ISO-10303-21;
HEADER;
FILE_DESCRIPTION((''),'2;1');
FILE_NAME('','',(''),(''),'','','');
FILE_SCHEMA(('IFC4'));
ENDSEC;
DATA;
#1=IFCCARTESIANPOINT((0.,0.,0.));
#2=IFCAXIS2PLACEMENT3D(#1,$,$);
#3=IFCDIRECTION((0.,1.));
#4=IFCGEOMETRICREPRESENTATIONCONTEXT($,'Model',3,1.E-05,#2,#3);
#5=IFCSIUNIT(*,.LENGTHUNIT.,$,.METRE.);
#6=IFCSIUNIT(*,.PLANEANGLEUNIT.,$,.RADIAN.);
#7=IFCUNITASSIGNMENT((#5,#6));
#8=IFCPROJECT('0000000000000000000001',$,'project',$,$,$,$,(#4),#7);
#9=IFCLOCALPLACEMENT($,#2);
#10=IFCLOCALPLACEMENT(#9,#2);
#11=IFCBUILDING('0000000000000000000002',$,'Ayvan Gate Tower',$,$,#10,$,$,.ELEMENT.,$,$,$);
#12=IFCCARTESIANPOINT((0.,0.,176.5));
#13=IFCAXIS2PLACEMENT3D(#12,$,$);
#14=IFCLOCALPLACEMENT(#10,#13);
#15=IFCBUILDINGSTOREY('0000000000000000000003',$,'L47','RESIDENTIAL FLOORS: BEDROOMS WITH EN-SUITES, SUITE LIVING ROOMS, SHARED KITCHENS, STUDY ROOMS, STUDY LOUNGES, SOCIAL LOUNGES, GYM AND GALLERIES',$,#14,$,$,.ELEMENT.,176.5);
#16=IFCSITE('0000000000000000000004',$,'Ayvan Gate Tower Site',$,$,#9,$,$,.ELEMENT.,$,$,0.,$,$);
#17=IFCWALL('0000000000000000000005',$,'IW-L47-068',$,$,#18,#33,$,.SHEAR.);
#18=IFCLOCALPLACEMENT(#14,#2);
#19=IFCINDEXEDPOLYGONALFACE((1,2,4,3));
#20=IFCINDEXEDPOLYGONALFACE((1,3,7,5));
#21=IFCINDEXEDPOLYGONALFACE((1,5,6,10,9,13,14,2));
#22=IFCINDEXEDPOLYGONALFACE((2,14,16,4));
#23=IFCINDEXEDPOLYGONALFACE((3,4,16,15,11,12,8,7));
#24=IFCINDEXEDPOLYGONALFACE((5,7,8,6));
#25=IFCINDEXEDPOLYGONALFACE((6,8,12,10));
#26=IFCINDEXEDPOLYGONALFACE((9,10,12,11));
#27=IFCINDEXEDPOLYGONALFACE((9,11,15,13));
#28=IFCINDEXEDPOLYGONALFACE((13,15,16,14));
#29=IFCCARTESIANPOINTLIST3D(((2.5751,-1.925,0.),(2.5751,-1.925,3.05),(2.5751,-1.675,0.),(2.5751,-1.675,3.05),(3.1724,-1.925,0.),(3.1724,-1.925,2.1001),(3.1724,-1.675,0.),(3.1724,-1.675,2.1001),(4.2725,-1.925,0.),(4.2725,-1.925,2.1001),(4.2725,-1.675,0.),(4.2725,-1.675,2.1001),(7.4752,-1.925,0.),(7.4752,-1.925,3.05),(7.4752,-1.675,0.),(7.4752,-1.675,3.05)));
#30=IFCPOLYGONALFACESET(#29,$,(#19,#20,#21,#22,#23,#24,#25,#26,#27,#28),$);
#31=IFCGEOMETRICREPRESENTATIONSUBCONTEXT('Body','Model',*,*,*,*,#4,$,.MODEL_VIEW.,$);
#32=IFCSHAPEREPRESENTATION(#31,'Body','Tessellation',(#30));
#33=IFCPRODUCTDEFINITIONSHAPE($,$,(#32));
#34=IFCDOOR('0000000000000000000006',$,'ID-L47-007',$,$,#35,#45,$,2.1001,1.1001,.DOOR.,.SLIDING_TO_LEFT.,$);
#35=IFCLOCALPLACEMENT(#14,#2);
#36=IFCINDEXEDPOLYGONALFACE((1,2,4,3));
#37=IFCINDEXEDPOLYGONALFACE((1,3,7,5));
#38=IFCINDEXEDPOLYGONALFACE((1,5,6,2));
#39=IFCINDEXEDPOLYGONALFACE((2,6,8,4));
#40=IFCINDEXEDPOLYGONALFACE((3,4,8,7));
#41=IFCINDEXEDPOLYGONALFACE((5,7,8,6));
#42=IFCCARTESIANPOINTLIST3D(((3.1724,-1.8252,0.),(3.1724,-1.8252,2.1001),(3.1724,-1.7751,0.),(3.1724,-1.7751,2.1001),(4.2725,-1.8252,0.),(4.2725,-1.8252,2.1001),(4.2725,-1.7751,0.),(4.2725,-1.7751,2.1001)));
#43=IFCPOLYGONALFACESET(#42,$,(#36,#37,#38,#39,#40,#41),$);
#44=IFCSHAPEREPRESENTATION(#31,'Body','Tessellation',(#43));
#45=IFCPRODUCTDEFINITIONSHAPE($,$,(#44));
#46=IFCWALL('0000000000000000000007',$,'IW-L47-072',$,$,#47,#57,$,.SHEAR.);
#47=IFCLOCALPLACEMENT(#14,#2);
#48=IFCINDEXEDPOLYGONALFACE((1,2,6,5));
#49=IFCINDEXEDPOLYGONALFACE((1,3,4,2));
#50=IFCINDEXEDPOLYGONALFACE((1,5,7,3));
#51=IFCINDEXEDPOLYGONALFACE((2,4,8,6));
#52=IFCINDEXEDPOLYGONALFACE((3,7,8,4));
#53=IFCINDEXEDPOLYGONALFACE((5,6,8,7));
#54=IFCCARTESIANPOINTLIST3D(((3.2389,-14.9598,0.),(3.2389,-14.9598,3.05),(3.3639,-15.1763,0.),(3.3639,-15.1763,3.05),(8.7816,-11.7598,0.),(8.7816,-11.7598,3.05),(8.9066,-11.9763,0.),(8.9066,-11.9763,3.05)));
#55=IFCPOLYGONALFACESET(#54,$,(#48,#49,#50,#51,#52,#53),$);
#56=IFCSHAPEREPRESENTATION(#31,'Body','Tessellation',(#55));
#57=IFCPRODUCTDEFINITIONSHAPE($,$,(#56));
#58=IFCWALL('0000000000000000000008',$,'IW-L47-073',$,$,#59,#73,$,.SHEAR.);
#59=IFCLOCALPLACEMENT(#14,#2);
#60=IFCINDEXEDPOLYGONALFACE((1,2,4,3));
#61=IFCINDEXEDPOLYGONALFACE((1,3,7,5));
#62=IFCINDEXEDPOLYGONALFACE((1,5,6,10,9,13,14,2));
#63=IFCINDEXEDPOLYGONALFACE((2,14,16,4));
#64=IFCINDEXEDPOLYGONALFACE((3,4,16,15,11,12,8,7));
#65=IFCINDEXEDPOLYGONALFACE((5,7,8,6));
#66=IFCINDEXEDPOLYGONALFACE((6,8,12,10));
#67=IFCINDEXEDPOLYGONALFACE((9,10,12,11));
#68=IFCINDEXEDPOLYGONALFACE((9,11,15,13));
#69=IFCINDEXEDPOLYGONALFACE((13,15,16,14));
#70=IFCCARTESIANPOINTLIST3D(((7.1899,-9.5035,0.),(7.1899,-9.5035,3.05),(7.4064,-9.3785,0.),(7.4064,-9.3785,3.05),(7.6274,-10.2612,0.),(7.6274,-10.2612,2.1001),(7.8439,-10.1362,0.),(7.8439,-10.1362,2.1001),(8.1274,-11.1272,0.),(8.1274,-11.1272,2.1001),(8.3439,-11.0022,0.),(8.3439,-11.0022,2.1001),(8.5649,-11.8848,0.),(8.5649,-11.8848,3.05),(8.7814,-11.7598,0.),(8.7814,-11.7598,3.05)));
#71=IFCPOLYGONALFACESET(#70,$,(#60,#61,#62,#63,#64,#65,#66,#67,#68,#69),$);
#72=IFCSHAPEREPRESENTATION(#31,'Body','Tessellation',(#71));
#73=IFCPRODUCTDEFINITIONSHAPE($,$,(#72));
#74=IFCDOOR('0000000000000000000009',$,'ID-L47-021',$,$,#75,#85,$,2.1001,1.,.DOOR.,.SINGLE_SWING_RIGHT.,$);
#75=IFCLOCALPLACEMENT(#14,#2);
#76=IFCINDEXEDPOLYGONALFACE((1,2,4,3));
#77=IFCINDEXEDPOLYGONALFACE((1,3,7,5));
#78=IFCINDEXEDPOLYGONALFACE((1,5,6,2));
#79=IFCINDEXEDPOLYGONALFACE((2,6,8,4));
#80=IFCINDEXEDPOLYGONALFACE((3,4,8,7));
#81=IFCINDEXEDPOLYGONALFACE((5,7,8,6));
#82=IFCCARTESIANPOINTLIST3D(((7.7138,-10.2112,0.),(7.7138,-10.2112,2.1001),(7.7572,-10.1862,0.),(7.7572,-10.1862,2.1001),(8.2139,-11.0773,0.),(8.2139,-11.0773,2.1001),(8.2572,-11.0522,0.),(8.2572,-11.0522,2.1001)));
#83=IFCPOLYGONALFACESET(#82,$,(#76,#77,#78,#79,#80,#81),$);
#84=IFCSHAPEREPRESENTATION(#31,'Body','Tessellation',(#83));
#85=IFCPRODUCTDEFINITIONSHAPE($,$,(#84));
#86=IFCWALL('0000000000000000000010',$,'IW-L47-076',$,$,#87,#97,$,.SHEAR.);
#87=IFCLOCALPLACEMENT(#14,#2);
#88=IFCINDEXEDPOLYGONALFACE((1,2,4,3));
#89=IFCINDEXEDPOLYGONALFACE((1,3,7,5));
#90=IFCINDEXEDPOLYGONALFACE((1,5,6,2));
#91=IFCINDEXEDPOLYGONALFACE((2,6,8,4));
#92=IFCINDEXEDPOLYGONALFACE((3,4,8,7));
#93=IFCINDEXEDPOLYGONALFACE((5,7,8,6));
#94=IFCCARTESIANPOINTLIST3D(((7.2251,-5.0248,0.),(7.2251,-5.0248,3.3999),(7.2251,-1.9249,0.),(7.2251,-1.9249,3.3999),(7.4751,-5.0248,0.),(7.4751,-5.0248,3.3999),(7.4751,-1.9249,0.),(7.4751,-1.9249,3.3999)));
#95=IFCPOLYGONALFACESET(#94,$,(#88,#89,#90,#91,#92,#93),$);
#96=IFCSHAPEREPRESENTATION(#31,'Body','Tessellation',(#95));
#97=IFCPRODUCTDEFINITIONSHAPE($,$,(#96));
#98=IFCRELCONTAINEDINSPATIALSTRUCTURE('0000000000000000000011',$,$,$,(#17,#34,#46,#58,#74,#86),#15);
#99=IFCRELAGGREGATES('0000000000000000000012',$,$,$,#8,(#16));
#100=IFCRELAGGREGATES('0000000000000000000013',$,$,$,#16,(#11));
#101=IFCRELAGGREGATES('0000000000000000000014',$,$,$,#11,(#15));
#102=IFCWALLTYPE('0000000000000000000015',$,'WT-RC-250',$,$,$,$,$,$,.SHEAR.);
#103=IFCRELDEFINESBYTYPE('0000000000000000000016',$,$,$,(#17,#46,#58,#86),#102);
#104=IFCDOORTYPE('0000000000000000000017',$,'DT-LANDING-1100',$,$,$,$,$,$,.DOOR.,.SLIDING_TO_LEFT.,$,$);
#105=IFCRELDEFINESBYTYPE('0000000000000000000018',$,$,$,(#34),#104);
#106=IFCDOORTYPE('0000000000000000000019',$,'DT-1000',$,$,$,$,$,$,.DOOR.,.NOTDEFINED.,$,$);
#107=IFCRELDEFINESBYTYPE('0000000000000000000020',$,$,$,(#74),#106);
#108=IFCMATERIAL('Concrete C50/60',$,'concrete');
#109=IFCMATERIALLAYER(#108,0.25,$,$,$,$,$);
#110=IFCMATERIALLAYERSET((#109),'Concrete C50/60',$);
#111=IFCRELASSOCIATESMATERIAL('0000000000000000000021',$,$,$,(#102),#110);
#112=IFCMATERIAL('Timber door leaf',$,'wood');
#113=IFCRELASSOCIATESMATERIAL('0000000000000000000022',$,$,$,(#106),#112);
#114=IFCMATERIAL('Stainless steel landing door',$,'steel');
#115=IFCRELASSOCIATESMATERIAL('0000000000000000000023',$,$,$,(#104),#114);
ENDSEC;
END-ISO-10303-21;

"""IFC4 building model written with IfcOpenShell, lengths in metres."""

from ifc_helpers import new_model, si_unit, direction, frame, frame_2d, origin, place, context, subcontext, project, spatial, rectangle, extrude, material, layer, layer_set, type_object, element, fill, save


model = new_model("IFC4")

# Units and contexts
model_context = context("Model", 3, precision=1e-05, world=origin(), true_north=direction((0.0, 1.0)))
body_context = subcontext(model_context, "Body", "Model", "MODEL_VIEW")
ifc_project = project(units=[si_unit("LENGTHUNIT", "METRE"), si_unit("PLANEANGLEUNIT", "RADIAN")], contexts=[model_context])

# Site, building, storey
site_placement = place(None, origin())
site = spatial("IfcSite", under=ifc_project, at=site_placement, Name="Ayvan Gate Tower Site", CompositionType="ELEMENT", RefElevation=0.0)
building_placement = place(site_placement, origin())
building = spatial("IfcBuilding", under=site, at=building_placement, Name="Ayvan Gate Tower", CompositionType="ELEMENT")
storey_placement = place(building_placement, frame((0.0, 0.0, 176.5)))
storey = spatial("IfcBuildingStorey", under=building, at=storey_placement, Name="L47", Description="RESIDENTIAL FLOORS: BEDROOMS WITH EN-SUITES, SUITE LIVING ROOMS, SHARED KITCHENS, STUDY ROOMS, STUDY LOUNGES, SOCIAL LOUNGES, GYM AND GALLERIES", CompositionType="ELEMENT", Elevation=176.5)

# Shared definitions
ifc_material_1 = material(Name="Timber door leaf", Category="wood")

# Shared definitions
ifc_material_2 = material(Name="Concrete C50/60", Category="concrete")
ifc_layer_1 = layer(ifc_material_2, 0.25)
ifc_layer_set_1 = layer_set([ifc_layer_1], Name="Concrete C50/60")
wall_type_1 = type_object("IfcWallType", Name="WT-RC-250", PredefinedType="SHEAR", material=ifc_layer_set_1)
door_type_1 = type_object("IfcDoorType", Name="DT-1000", OperationType="NOTDEFINED", PredefinedType="DOOR", material=ifc_material_1)

# Wall, opening, door
wall_1_placement = place(storey_placement, frame((2.575, -1.8, 0.0), z_axis=(0.0, 0.0, 1.0), x_axis=(1.0, 0.0, 0.0)))
wall_1 = element("IfcWall", 1, at=wall_1_placement, inside=storey, type_object=wall_type_1, Name="IW-L47-068", PredefinedType="SHEAR", context=body_context, shape_type="SweptSolid", body=[
    extrude(rectangle(XDim=4.9001, YDim=0.25, at=frame_2d((2.4502, 0.0))), origin(), (0.0, 0.0, 1.0), 3.05),
])
opening_1_placement = place(wall_1_placement, frame((0.5974, 0.0, 0.0)))
opening_1 = element("IfcOpeningElement", 2, at=opening_1_placement, cuts=wall_1, PredefinedType="OPENING", context=body_context, shape_type="SweptSolid", body=[
    extrude(rectangle(XDim=1.1001, YDim=2.1001, at=frame_2d((0.55, 1.05))), frame((0.0, 0.135, 0.0), z_axis=(0.0, -1.0, 0.0), x_axis=(1.0, 0.0, 0.0)), (0.0, 0.0, 1.0), 0.27),
])
ifc_material_3 = material(Name="Stainless steel landing door", Category="steel")
door_type_2 = type_object("IfcDoorType", Name="DT-LANDING-1100", OperationType="SLIDING_TO_LEFT", PredefinedType="DOOR", material=ifc_material_3)
door_1_placement = place(opening_1_placement, origin())
door_1 = element("IfcDoor", 3, at=door_1_placement, inside=storey, type_object=door_type_2, Name="ID-L47-007", OperationType="SLIDING_TO_LEFT", OverallHeight=2.1001, OverallWidth=1.1001, PredefinedType="DOOR", context=body_context, shape_type="SweptSolid", body=[
    extrude(rectangle(XDim=1.1001, YDim=2.1001, at=frame_2d((0.55, 1.05))), frame((0.0, 0.0249, 0.0), z_axis=(0.0, -1.0, 0.0), x_axis=(1.0, 0.0, 0.0)), (0.0, 0.0, 1.0), 0.05),
])
fill(opening_1, door_1)

# Wall
wall_2_placement = place(storey_placement, frame((3.3013, -15.0681, 0.0), z_axis=(0.0, 0.0, 1.0), x_axis=(0.866035, 0.499983, 0.0)))
element("IfcWall", 4, at=wall_2_placement, inside=storey, type_object=wall_type_1, Name="IW-L47-072", PredefinedType="SHEAR", context=body_context, shape_type="SweptSolid", body=[
    extrude(rectangle(XDim=6.4001, YDim=0.25, at=frame_2d((3.2002, 0.0))), origin(), (0.0, 0.0, 1.0), 3.05),
])

# Wall, opening, door
wall_3_placement = place(storey_placement, frame((7.2981, -9.4409, 0.0), z_axis=(0.0, 0.0, 1.0), x_axis=(0.500035, -0.866005, 0.0)))
wall_3 = element("IfcWall", 5, at=wall_3_placement, inside=storey, type_object=wall_type_1, Name="IW-L47-073", PredefinedType="SHEAR", context=body_context, shape_type="SweptSolid", body=[
    extrude(rectangle(XDim=2.7498, YDim=0.25, at=frame_2d((1.375, 0.0))), origin(), (0.0, 0.0, 1.0), 3.05),
])
opening_2_placement = place(wall_3_placement, frame((0.875, 0.0, 0.0)))
opening_2 = element("IfcOpeningElement", 6, at=opening_2_placement, cuts=wall_3, PredefinedType="OPENING", context=body_context, shape_type="SweptSolid", body=[
    extrude(rectangle(XDim=1.0, YDim=2.1001, at=frame_2d((0.5, 1.05))), frame((0.0, 0.135, 0.0), z_axis=(0.0, -1.0, 0.0), x_axis=(1.0, 0.0, 0.0)), (0.0, 0.0, 1.0), 0.27),
])
door_2_placement = place(opening_2_placement, origin())
door_2 = element("IfcDoor", 7, at=door_2_placement, inside=storey, type_object=door_type_1, Name="ID-L47-021", OperationType="SINGLE_SWING_RIGHT", OverallHeight=2.1001, OverallWidth=1.0, PredefinedType="DOOR", context=body_context, shape_type="SweptSolid", body=[
    extrude(rectangle(XDim=1.0, YDim=2.1001, at=frame_2d((0.5, 1.05))), frame((0.0, 0.0249, 0.0), z_axis=(0.0, -1.0, 0.0), x_axis=(1.0, 0.0, 0.0)), (0.0, 0.0, 1.0), 0.05),
])
fill(opening_2, door_2)

# Wall
wall_4_placement = place(storey_placement, frame((7.3501, -1.925, 0.0), z_axis=(0.0, 0.0, 1.0), x_axis=(0.0, -1.0, 0.0)))
element("IfcWall", 8, at=wall_4_placement, inside=storey, type_object=wall_type_1, Name="IW-L47-076", PredefinedType="SHEAR", context=body_context, shape_type="SweptSolid", body=[
    extrude(rectangle(XDim=3.0999, YDim=0.25, at=frame_2d((1.5498, 0.0))), origin(), (0.0, 0.0, 1.0), 3.3999),
])

save(model, "model.ifc")
